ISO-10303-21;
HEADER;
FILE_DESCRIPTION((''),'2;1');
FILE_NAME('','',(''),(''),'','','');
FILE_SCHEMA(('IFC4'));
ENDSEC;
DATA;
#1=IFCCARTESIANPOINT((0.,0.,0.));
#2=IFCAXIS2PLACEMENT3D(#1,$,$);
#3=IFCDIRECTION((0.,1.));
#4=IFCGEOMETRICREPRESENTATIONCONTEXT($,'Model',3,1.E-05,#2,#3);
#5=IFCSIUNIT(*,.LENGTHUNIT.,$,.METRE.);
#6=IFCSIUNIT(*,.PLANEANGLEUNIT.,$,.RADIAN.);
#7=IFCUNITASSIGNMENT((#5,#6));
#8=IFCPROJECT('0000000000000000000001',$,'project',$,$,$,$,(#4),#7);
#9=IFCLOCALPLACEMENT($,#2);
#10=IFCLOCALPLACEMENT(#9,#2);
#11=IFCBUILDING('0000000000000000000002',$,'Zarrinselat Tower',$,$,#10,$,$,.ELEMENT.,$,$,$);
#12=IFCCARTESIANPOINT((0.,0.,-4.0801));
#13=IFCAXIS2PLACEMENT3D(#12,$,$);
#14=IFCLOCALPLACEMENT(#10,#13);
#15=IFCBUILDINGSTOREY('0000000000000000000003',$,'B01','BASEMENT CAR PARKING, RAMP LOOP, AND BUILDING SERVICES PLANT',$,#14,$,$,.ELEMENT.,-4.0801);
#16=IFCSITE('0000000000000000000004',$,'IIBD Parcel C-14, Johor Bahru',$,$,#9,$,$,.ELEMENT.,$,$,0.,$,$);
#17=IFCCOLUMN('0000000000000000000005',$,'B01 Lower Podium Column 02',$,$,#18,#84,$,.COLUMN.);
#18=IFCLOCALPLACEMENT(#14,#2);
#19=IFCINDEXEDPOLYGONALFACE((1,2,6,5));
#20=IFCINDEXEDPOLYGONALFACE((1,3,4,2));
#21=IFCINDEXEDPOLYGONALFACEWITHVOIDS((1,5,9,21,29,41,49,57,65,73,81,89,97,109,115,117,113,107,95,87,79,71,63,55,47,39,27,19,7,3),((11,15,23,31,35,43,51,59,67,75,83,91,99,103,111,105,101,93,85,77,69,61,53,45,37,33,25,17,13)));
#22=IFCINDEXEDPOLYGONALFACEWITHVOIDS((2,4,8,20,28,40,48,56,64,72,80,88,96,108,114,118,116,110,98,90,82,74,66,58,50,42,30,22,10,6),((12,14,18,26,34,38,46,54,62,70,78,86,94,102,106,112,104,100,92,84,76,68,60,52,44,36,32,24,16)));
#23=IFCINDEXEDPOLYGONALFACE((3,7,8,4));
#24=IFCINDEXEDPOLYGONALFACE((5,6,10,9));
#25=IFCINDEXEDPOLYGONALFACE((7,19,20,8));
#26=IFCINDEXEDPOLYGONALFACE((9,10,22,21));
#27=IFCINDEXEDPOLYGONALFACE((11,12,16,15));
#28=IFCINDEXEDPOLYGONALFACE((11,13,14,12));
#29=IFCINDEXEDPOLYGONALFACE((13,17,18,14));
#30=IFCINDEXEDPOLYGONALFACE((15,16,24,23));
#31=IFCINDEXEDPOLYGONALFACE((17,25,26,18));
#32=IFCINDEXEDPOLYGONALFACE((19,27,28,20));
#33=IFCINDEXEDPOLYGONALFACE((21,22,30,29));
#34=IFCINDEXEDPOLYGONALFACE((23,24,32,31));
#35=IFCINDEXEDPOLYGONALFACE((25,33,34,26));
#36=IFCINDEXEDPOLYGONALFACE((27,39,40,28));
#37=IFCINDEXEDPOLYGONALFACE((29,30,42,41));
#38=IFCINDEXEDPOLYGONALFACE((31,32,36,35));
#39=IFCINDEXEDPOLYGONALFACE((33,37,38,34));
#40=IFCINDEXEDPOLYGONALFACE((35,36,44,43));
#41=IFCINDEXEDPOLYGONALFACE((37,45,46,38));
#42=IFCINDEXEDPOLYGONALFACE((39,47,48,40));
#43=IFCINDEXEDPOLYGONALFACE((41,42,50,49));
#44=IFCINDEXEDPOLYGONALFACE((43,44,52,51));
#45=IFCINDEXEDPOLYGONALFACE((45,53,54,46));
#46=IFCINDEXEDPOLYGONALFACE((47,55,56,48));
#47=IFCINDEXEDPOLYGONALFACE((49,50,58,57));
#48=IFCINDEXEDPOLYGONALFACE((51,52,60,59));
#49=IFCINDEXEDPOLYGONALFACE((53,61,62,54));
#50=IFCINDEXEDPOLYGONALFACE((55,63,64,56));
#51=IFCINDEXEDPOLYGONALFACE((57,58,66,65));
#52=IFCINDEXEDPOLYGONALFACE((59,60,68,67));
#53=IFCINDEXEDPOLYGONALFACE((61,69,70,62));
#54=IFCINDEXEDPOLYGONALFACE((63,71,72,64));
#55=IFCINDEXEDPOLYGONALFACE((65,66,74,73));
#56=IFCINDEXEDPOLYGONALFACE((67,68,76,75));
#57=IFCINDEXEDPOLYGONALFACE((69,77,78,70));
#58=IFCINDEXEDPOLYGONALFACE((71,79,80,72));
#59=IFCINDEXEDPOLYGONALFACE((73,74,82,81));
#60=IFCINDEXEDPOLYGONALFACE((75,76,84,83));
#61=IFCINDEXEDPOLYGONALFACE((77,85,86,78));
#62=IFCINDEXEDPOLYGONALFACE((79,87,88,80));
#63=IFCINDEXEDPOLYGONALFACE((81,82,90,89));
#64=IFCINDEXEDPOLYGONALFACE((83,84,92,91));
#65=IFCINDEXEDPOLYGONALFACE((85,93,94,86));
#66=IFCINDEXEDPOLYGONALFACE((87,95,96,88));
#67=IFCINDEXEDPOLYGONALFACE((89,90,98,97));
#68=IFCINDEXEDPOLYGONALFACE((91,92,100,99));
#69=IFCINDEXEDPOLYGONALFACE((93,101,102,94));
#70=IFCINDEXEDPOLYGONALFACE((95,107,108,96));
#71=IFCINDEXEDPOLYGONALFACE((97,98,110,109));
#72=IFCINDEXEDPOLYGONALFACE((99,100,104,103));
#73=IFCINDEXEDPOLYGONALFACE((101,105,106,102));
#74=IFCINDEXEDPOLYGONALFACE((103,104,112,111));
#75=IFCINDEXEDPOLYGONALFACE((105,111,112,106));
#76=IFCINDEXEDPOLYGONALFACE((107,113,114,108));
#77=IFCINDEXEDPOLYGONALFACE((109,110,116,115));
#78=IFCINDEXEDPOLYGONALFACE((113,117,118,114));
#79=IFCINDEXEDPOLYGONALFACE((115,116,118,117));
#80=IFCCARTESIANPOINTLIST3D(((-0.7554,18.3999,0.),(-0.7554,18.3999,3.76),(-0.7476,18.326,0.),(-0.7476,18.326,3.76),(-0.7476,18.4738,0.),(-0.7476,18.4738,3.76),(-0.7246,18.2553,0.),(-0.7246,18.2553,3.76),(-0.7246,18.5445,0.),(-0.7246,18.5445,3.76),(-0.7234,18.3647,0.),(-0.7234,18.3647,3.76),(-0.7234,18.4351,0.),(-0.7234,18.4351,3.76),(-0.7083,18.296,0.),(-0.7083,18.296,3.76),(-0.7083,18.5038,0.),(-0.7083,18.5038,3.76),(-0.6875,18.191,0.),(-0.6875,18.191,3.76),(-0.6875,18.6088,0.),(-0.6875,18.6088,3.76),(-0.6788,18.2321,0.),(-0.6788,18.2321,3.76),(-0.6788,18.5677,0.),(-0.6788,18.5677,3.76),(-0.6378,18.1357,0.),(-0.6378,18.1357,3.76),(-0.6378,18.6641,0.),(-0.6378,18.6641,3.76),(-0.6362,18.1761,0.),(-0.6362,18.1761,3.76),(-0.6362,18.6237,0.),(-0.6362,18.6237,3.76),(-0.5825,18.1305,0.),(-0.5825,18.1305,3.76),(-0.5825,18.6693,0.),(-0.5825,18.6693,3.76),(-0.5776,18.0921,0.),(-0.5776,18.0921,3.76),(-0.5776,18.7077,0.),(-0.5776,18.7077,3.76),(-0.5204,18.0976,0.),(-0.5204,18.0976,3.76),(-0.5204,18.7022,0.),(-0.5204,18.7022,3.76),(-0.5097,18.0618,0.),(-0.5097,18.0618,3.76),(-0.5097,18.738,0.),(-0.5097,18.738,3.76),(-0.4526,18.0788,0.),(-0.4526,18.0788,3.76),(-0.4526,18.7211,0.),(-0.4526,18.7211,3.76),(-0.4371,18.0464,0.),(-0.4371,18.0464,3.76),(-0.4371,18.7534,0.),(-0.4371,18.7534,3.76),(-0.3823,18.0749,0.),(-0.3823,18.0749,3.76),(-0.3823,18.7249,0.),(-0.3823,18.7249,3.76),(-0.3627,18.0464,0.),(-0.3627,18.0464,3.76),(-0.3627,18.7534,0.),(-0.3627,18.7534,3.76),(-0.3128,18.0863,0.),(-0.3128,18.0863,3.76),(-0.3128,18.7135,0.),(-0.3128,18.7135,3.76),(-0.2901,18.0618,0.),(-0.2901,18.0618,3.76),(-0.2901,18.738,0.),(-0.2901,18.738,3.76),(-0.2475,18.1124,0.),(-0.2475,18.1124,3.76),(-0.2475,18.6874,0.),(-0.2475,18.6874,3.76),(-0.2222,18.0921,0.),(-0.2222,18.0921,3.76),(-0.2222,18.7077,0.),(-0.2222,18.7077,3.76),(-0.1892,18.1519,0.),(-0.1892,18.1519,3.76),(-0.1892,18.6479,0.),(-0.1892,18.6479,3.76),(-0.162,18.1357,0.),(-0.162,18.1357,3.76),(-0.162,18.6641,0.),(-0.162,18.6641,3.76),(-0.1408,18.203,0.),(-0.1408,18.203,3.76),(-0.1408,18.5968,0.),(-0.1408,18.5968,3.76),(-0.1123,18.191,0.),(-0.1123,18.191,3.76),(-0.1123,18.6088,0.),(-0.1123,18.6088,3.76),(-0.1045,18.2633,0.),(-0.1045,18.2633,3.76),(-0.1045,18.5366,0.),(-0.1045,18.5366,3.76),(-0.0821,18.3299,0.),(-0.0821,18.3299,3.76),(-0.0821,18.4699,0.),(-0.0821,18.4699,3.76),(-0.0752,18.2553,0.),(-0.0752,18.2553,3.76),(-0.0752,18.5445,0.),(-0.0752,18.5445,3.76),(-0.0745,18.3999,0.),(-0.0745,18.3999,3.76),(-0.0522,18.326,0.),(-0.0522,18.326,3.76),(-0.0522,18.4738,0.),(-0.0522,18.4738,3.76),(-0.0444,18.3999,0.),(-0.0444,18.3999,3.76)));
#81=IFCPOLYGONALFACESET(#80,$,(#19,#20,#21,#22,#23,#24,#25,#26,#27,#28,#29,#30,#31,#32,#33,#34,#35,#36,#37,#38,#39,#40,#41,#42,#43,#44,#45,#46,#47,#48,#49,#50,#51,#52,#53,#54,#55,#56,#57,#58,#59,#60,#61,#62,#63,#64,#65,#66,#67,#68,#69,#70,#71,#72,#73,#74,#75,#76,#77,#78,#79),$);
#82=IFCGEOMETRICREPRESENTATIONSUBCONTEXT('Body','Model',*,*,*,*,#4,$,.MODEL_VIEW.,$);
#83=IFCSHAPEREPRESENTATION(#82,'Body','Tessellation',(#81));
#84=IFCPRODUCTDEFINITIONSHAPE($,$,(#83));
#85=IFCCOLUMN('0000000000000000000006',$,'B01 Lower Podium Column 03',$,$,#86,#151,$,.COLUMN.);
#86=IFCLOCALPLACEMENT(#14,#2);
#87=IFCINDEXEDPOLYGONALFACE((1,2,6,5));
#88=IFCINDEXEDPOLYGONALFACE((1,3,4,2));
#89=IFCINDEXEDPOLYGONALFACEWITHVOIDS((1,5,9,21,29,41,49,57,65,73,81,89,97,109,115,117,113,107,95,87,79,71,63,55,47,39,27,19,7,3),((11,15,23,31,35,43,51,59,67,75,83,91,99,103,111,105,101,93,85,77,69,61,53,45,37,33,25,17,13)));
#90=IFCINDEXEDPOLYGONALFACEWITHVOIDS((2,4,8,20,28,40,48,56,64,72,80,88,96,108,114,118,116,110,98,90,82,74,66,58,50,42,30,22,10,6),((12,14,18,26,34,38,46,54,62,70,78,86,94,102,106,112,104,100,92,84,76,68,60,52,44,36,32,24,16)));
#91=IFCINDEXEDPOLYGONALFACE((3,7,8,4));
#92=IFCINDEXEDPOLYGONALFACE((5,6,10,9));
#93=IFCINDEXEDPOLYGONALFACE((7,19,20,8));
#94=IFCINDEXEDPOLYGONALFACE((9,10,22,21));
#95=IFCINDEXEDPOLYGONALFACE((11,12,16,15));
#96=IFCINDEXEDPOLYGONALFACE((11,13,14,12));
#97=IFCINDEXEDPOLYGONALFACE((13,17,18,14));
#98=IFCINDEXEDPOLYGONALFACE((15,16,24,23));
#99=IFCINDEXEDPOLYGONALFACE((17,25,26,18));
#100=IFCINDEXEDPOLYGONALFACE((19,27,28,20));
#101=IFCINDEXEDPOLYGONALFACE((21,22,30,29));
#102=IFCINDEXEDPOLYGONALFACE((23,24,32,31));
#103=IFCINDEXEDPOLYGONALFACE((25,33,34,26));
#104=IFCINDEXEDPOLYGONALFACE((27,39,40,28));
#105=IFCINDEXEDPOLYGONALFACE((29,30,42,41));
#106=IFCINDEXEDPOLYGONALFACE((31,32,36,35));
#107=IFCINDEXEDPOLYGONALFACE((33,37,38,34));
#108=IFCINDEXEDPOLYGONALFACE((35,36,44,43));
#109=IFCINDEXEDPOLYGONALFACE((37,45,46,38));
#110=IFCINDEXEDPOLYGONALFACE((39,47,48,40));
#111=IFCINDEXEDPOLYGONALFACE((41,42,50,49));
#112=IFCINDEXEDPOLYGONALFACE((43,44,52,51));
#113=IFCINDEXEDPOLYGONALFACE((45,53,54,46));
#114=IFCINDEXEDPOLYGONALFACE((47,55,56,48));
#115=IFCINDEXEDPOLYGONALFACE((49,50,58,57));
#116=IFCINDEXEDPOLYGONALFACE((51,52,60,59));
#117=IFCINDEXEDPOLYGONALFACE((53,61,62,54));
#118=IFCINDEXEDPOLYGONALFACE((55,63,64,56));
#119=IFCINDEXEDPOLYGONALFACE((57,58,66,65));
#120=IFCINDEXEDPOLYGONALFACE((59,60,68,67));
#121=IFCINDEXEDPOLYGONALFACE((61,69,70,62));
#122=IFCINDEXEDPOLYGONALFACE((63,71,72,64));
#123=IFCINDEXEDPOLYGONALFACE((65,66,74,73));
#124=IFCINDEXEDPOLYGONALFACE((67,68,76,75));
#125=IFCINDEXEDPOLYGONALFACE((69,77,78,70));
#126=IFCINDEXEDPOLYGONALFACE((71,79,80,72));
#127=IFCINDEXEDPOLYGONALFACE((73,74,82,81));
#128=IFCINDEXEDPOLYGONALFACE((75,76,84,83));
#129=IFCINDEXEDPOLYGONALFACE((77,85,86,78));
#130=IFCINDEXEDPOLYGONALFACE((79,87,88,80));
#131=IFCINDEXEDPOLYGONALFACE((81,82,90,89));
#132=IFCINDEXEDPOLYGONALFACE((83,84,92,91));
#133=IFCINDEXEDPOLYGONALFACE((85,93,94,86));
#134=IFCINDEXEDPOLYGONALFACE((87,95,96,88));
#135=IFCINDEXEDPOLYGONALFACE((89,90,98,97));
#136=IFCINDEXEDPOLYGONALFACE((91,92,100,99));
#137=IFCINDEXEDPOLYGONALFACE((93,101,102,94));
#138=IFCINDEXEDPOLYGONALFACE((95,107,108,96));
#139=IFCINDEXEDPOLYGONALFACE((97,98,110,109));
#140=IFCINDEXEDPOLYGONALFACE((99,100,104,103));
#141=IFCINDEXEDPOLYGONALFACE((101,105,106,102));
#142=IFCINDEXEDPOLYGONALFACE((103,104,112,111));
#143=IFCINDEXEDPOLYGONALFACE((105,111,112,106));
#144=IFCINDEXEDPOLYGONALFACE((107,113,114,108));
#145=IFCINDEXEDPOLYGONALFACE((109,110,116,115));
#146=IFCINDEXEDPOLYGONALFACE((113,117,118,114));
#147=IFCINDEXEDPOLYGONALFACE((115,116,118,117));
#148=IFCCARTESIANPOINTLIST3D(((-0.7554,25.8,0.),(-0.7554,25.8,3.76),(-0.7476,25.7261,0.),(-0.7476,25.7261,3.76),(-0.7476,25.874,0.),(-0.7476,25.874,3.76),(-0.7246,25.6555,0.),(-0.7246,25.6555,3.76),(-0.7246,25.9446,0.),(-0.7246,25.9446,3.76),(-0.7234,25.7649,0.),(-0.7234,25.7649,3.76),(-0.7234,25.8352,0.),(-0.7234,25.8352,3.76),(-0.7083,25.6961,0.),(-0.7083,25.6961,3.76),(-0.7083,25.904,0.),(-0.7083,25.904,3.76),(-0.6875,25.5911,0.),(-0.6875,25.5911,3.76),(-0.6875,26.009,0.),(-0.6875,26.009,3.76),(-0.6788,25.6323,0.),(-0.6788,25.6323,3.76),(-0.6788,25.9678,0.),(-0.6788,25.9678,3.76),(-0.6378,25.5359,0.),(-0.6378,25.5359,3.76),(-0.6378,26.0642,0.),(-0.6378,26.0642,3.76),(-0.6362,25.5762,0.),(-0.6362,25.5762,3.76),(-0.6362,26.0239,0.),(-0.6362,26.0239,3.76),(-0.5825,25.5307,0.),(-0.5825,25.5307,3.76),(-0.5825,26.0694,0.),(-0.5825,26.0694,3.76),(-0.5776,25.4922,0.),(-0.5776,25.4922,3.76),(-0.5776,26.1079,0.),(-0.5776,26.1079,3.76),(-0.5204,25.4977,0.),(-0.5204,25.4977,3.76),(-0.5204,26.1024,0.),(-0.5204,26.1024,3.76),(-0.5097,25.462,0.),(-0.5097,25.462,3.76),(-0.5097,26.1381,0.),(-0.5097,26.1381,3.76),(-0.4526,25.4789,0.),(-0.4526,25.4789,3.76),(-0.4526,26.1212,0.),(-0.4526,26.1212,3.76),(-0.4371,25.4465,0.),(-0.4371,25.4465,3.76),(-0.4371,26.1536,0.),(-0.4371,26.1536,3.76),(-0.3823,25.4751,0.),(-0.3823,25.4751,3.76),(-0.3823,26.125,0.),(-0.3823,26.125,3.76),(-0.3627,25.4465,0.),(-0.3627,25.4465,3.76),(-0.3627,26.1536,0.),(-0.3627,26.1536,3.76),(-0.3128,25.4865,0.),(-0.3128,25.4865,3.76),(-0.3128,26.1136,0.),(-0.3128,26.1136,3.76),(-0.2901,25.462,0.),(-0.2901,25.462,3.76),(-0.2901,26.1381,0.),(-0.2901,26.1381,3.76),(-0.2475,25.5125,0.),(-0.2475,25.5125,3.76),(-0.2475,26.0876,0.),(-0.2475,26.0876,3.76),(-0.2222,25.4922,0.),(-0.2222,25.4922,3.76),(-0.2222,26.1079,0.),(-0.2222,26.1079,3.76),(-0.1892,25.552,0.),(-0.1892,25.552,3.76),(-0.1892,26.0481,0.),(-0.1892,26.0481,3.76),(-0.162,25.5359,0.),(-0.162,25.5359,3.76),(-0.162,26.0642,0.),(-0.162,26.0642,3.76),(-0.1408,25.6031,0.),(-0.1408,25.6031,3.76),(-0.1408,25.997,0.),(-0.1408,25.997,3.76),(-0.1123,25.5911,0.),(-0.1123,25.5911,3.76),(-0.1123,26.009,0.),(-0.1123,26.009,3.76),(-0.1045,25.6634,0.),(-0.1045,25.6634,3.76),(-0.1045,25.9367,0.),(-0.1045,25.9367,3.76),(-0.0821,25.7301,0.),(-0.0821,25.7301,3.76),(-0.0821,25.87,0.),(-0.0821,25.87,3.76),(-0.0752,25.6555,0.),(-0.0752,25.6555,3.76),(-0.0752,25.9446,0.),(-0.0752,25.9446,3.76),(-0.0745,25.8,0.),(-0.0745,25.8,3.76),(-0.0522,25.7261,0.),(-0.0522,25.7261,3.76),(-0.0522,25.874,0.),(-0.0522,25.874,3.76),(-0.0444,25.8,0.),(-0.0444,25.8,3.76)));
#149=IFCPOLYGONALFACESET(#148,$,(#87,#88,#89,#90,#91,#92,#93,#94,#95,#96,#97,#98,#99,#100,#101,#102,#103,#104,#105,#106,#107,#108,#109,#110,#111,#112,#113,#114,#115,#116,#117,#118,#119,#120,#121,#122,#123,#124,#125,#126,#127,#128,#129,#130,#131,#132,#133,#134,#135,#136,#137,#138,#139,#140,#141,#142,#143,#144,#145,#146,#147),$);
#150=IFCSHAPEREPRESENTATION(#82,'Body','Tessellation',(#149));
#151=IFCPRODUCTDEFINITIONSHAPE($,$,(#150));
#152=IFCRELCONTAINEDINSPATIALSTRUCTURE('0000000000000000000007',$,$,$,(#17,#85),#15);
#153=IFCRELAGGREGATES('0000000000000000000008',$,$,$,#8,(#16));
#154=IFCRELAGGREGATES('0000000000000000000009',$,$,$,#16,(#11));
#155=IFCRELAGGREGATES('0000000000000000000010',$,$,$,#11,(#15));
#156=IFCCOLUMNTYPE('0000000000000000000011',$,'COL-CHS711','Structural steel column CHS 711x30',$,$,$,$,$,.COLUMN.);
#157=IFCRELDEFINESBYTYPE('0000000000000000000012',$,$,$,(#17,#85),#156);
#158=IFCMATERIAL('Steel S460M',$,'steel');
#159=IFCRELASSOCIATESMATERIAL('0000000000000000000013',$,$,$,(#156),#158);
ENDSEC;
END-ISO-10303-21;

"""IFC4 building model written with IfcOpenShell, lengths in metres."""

from ifc_helpers import new_model, si_unit, direction, frame, origin, origin_2d, place, context, subcontext, project, spatial, hollow_circle, extrude, material, material_profile, profile_set, type_object, element, save


model = new_model("IFC4")

# Units and contexts
model_context = context("Model", 3, precision=1e-05, world=origin(), true_north=direction((0.0, 1.0)))
body_context = subcontext(model_context, "Body", "Model", "MODEL_VIEW")
ifc_project = project(units=[si_unit("LENGTHUNIT", "METRE"), si_unit("PLANEANGLEUNIT", "RADIAN")], contexts=[model_context])

# Site, building, storey
site_placement = place(None, origin())
site = spatial("IfcSite", under=ifc_project, at=site_placement, Name="IIBD Parcel C-14, Johor Bahru", CompositionType="ELEMENT", RefElevation=0.0)
building_placement = place(site_placement, origin())
building = spatial("IfcBuilding", under=site, at=building_placement, Name="Zarrinselat Tower", CompositionType="ELEMENT")
storey_placement = place(building_placement, frame((0.0, 0.0, -4.0801)))
storey = spatial("IfcBuildingStorey", under=building, at=storey_placement, Name="B01", Description="BASEMENT CAR PARKING, RAMP LOOP, AND BUILDING SERVICES PLANT", CompositionType="ELEMENT", Elevation=-4.0801)

# Columns
ifc_material_1 = material(Name="Steel S460M", Category="steel")
ifc_material_profile_1 = material_profile(ifc_material_1, hollow_circle(Radius=0.3555, WallThickness=0.03, at=origin_2d()), Name="CHS 711x30")
ifc_profile_set_1 = profile_set([ifc_material_profile_1], Name="Steel S460M")
column_type_1 = type_object("IfcColumnType", Name="COL-CHS711", Description="Structural steel column CHS 711x30", PredefinedType="COLUMN", material=ifc_profile_set_1)
for number, where, z_axis, x_axis, name in (
    (1, (-0.3999, 18.3999, 0.0), (0.0, 0.0, 1.0), (1.0, 0.0, 0.0), "B01 Lower Podium Column 02"),
    (2, (-0.3999, 25.8, 0.0), (0.0, 0.0, 1.0), (1.0, 0.0, 0.0), "B01 Lower Podium Column 03"),
):
    element("IfcColumn", number, at=place(storey_placement, frame(where, z_axis=z_axis, x_axis=x_axis)), inside=storey, type_object=column_type_1, Name=name, PredefinedType="COLUMN", context=body_context, shape_type="SweptSolid", body=[
        extrude(hollow_circle(Radius=0.3555, WallThickness=0.03, at=origin_2d()), origin(), (0.0, 0.0, 1.0), 3.76),
    ])

save(model, "model.ifc")
